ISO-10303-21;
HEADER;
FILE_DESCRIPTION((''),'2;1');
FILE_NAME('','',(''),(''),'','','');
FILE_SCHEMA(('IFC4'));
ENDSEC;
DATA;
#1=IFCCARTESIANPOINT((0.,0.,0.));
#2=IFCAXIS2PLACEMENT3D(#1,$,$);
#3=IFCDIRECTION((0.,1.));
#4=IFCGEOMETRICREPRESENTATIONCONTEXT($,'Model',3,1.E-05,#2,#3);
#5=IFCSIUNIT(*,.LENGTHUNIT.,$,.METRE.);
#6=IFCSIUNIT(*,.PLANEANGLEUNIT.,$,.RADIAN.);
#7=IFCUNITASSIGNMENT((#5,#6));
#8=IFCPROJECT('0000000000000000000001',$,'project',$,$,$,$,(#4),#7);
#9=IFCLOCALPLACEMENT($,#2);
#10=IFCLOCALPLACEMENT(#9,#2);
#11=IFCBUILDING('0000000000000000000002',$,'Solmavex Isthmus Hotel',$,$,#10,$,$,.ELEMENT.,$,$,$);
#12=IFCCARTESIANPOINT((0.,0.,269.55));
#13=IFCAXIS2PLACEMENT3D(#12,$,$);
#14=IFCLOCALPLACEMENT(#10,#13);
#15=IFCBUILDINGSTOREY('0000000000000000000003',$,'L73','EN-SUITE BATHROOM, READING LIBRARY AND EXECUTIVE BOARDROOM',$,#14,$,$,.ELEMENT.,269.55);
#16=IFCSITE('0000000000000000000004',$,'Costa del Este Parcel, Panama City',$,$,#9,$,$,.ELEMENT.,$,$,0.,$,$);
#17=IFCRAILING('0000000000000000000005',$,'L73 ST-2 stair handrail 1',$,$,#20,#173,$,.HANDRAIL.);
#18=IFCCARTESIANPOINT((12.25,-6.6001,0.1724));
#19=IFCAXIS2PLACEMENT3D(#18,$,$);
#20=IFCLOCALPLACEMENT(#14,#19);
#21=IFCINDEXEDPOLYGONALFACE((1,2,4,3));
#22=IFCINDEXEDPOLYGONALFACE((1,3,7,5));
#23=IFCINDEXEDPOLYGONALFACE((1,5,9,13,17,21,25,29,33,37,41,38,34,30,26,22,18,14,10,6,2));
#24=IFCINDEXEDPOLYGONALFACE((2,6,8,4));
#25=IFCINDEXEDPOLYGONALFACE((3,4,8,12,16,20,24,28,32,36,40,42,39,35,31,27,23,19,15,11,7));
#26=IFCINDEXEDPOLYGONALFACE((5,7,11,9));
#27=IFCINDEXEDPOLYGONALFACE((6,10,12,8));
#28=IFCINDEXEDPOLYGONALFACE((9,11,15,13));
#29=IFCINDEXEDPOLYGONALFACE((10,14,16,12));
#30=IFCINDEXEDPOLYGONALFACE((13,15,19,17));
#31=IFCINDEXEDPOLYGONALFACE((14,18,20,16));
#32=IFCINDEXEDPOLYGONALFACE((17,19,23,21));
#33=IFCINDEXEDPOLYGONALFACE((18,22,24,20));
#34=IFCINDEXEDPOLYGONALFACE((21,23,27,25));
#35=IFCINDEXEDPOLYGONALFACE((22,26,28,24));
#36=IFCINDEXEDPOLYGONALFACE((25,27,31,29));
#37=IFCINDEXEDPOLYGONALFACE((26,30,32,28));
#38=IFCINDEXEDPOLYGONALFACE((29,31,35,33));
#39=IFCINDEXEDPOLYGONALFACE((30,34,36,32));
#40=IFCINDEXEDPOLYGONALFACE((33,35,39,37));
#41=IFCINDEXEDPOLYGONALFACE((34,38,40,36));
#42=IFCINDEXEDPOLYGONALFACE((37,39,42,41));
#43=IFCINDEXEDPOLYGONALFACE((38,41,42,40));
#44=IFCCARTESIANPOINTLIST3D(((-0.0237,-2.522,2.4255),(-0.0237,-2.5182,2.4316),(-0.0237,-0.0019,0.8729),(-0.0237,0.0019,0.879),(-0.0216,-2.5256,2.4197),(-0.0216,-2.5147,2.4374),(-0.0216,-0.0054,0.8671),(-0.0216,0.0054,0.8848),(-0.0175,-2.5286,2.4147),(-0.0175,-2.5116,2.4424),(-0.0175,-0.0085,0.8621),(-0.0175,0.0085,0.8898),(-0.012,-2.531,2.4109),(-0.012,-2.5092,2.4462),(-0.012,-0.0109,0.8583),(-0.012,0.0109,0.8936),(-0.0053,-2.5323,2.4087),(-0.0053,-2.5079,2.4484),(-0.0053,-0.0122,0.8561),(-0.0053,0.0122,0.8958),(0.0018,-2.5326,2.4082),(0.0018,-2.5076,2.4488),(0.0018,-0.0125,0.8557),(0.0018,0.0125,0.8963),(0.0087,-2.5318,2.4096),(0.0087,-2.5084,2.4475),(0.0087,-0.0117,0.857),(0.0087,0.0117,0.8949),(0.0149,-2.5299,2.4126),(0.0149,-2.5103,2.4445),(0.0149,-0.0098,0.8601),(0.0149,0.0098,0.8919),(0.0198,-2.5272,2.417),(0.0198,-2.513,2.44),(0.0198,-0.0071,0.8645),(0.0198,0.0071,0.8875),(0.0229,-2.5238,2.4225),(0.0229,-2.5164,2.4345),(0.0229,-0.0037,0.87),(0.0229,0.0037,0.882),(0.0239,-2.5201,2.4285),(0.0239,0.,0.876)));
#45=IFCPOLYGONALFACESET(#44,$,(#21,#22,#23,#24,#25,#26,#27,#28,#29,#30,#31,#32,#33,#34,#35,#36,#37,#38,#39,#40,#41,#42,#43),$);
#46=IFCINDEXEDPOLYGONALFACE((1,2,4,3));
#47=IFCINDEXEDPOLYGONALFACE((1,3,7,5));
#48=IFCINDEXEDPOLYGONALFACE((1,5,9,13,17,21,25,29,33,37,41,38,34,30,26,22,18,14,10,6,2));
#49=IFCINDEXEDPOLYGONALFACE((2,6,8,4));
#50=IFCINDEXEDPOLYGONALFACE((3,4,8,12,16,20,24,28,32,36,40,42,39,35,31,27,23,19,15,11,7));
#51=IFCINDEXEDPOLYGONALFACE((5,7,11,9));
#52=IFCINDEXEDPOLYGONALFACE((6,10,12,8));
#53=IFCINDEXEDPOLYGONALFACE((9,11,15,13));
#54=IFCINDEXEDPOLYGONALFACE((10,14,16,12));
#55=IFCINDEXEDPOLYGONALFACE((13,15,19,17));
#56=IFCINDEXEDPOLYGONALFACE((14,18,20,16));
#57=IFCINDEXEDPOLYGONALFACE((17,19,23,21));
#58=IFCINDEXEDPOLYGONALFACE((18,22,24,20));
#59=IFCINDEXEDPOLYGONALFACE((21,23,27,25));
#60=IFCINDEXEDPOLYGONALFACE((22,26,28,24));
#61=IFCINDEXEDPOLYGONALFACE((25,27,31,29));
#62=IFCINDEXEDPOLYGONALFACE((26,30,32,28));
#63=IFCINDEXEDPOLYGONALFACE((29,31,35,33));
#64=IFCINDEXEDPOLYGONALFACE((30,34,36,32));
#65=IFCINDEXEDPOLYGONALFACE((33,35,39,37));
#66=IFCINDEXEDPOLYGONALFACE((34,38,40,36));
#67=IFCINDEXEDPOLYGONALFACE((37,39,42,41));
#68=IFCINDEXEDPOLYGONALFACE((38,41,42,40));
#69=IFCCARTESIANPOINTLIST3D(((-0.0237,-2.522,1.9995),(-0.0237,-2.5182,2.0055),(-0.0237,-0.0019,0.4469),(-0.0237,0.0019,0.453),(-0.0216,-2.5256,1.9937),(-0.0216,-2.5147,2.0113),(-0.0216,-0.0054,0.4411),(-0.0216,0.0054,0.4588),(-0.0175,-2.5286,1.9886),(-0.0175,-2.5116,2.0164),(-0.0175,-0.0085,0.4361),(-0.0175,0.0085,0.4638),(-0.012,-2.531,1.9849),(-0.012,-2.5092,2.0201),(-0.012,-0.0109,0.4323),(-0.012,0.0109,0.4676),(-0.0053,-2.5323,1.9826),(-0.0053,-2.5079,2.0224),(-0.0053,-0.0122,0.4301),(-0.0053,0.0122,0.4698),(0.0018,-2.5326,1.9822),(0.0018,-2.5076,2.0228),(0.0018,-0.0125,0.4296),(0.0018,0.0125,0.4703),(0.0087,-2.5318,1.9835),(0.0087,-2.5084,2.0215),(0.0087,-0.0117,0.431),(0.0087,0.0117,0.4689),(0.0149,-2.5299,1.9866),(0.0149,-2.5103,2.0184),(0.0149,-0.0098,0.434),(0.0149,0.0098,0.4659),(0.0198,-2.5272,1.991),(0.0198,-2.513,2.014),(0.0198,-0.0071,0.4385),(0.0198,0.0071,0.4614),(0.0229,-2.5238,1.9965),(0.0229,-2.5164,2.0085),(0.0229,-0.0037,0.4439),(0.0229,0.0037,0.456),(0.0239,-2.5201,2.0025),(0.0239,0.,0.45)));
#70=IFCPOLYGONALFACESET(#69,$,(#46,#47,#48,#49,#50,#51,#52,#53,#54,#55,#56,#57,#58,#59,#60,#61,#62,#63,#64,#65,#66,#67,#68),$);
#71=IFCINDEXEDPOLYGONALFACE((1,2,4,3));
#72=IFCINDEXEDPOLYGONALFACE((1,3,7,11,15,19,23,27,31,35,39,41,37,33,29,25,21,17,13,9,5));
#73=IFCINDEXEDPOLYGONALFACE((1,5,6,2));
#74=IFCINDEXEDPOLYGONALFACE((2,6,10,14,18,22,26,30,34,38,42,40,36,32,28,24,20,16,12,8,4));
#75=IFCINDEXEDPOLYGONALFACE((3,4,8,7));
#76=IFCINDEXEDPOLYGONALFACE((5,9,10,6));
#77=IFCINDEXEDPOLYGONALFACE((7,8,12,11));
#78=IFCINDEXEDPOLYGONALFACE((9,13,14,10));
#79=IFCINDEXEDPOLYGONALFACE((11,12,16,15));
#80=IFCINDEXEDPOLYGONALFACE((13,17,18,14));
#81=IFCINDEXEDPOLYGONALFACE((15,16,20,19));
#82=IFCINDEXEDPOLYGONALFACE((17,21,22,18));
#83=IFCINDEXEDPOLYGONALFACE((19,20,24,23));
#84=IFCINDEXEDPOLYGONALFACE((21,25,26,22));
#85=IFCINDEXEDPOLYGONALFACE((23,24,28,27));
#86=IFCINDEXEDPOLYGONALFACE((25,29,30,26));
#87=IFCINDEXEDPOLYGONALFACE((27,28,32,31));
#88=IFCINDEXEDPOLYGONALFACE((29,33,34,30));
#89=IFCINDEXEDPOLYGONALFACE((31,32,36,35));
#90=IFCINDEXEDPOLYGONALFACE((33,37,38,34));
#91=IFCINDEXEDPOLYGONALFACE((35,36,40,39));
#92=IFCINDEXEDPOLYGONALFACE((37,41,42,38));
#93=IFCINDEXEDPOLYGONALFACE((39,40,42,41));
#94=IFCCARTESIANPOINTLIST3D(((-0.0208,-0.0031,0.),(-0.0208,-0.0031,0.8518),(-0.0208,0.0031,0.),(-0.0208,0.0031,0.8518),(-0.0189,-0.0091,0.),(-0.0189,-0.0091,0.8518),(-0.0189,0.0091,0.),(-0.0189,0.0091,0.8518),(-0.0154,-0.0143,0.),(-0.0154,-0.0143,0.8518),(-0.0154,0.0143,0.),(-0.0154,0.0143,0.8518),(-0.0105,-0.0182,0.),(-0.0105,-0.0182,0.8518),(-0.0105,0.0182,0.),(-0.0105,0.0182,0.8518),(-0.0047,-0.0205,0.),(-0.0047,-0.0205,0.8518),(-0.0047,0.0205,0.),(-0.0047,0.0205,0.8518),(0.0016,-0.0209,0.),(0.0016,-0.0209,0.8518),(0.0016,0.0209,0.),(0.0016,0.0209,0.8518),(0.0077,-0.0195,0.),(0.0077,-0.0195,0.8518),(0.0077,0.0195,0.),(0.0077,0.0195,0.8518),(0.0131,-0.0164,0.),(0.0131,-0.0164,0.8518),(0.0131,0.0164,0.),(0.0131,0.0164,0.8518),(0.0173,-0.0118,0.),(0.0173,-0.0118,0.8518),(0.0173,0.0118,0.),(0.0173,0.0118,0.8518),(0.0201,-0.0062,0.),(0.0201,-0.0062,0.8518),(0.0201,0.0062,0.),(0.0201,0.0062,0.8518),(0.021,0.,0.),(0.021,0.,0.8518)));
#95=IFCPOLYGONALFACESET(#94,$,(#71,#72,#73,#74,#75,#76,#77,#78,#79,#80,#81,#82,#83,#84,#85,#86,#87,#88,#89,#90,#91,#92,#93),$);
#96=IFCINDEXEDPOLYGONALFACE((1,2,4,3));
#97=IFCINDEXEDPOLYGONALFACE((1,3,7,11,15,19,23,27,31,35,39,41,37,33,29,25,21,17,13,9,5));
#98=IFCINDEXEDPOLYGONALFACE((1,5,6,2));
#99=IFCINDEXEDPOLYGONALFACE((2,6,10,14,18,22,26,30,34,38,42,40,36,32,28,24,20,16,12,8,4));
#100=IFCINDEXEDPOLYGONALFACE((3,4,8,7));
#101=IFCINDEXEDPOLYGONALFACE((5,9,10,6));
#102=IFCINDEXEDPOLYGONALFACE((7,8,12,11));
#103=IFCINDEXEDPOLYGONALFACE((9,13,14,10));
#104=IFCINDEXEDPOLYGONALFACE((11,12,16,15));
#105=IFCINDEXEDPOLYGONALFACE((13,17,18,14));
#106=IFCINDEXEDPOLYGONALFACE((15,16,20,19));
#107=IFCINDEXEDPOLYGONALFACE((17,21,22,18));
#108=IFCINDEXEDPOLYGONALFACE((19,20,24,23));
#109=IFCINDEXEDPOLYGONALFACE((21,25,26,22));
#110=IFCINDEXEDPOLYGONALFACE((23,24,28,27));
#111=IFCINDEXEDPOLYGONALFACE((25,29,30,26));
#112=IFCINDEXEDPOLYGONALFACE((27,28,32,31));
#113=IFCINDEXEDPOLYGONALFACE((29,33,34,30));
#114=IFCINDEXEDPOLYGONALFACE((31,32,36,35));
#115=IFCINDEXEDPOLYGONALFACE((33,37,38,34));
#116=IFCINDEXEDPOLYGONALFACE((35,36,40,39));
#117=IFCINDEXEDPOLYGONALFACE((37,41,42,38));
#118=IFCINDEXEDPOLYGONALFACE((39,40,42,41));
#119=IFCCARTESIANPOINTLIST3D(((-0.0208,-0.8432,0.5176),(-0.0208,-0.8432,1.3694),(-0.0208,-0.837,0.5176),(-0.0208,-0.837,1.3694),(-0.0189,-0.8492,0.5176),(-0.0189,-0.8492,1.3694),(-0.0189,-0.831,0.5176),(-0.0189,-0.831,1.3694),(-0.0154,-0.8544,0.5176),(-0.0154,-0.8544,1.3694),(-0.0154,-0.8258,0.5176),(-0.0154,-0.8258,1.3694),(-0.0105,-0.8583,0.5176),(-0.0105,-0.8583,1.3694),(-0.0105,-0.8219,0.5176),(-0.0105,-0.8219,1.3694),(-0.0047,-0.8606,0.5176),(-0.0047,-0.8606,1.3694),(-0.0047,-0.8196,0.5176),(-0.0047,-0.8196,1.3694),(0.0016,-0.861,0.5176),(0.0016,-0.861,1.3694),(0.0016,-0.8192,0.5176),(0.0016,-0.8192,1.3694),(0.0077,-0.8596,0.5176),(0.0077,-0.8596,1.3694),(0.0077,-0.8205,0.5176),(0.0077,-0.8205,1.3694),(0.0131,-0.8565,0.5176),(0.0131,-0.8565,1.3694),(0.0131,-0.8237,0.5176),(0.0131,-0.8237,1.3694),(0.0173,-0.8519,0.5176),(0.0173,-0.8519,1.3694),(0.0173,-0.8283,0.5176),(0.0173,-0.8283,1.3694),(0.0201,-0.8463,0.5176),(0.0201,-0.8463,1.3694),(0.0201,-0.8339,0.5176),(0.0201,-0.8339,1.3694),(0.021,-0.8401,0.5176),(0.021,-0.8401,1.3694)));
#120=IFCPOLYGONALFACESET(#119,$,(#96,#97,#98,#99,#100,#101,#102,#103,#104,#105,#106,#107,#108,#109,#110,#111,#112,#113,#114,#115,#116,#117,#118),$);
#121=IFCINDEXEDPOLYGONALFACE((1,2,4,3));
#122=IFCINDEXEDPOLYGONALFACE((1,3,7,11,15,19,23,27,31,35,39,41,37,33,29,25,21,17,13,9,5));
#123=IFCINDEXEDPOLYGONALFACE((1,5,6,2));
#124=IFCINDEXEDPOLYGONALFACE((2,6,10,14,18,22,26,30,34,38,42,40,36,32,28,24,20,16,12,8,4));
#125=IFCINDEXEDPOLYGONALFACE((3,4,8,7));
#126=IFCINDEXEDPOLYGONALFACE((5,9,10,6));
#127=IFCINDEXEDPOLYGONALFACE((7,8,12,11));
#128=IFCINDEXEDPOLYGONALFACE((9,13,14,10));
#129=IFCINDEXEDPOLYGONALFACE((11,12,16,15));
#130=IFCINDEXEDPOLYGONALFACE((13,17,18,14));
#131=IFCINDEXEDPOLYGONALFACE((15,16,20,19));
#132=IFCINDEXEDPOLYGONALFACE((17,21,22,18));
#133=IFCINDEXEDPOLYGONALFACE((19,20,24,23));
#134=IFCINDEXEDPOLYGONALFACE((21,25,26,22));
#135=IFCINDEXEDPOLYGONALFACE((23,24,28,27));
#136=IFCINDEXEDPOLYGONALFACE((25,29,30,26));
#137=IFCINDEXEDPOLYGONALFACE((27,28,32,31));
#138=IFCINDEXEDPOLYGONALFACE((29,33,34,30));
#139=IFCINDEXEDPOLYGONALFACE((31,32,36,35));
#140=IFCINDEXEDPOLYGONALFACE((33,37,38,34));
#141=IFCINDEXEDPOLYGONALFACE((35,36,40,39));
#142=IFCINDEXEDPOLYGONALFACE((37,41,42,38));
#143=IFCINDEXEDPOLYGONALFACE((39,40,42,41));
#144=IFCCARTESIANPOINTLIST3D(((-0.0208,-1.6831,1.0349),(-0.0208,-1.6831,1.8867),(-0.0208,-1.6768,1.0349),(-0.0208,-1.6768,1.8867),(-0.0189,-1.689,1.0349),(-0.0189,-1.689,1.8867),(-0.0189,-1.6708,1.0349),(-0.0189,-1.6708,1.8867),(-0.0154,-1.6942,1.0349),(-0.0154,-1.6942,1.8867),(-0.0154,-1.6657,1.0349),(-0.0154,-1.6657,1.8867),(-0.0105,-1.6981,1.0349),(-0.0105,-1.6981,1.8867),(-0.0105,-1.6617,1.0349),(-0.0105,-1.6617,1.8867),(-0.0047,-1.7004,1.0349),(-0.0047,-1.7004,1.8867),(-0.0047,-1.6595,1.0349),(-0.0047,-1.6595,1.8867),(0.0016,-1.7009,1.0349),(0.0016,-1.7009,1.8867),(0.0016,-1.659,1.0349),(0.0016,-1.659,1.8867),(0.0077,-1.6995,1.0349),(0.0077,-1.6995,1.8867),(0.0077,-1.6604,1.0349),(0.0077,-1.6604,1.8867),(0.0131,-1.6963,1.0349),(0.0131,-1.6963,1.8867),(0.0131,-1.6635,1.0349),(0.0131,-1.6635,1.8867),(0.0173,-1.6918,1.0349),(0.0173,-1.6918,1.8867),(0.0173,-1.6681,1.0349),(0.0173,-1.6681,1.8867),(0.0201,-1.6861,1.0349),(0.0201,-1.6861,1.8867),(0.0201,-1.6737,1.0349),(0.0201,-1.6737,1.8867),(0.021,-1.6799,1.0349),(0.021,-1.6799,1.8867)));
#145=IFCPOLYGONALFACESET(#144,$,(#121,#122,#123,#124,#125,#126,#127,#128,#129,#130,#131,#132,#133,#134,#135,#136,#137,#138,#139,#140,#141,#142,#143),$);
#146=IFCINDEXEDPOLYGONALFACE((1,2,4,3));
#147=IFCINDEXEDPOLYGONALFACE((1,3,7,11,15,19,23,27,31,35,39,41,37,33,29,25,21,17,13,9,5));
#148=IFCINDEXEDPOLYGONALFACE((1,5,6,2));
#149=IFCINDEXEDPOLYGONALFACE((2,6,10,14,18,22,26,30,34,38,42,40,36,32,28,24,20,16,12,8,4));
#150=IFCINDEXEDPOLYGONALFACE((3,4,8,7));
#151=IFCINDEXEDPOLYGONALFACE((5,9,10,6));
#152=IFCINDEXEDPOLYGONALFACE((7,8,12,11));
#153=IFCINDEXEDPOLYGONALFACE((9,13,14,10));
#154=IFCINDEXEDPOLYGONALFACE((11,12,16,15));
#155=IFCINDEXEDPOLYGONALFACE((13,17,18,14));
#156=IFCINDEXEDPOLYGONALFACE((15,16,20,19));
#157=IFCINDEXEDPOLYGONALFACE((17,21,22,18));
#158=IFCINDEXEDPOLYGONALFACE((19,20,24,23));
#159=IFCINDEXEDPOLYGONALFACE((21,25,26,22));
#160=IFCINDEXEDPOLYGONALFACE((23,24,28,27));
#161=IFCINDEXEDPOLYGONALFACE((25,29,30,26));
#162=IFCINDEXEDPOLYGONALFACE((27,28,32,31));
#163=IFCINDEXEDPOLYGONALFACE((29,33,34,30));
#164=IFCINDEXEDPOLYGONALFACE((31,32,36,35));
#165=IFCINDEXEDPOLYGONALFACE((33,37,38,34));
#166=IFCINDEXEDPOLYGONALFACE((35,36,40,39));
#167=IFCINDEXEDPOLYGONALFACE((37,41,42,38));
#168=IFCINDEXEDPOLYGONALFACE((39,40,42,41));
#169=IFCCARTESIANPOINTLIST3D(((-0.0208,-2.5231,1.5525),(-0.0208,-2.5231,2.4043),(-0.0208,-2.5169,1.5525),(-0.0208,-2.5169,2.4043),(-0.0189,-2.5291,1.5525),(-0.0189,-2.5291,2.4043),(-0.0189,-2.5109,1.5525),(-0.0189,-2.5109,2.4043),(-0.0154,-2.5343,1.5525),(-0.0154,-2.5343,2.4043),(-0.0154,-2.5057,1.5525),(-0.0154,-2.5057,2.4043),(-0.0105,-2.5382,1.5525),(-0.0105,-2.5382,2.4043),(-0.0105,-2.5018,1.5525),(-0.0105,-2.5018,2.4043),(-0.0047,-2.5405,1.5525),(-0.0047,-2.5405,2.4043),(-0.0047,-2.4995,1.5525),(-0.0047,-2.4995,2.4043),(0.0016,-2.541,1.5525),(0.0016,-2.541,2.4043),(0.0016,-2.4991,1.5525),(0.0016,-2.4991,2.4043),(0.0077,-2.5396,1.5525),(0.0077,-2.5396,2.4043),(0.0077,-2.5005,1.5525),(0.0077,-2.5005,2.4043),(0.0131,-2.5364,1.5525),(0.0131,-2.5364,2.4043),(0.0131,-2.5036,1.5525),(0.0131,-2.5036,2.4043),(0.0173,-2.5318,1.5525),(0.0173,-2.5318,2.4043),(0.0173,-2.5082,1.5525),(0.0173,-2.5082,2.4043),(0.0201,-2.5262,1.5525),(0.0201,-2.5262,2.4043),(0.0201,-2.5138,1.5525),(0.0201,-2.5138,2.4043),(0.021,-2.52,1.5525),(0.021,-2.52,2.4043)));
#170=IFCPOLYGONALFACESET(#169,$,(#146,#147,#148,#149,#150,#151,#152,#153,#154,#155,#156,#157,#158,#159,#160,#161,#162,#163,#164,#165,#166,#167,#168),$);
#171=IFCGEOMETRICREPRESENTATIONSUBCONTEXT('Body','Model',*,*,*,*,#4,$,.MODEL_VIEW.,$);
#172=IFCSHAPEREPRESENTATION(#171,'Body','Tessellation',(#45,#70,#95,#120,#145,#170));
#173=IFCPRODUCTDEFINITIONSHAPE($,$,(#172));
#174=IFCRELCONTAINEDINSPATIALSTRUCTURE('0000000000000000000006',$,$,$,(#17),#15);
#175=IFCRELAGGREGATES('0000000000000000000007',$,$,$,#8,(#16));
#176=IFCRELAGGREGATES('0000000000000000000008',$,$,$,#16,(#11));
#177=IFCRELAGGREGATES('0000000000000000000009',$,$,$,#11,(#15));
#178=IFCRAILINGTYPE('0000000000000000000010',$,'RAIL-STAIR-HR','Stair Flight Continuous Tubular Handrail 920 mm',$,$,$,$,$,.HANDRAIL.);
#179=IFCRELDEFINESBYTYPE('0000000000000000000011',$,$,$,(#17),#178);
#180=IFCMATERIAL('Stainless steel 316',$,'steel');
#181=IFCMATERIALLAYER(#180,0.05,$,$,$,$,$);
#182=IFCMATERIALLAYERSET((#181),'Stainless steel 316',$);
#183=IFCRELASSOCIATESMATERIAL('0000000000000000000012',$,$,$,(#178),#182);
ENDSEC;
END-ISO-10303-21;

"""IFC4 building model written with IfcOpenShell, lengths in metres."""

from ifc_helpers import new_model, si_unit, direction, frame, origin, origin_2d, place, context, subcontext, project, spatial, circle, extrude, material, layer, layer_set, type_object, element, save


model = new_model("IFC4")

# Units and contexts
model_context = context("Model", 3, precision=1e-05, world=origin(), true_north=direction((0.0, 1.0)))
body_context = subcontext(model_context, "Body", "Model", "MODEL_VIEW")
ifc_project = project(units=[si_unit("LENGTHUNIT", "METRE"), si_unit("PLANEANGLEUNIT", "RADIAN")], contexts=[model_context])

# Site, building, storey
site_placement = place(None, origin())
site = spatial("IfcSite", under=ifc_project, at=site_placement, Name="Costa del Este Parcel, Panama City", CompositionType="ELEMENT", RefElevation=0.0)
building_placement = place(site_placement, origin())
building = spatial("IfcBuilding", under=site, at=building_placement, Name="Solmavex Isthmus Hotel", CompositionType="ELEMENT")
storey_placement = place(building_placement, frame((0.0, 0.0, 269.55)))
storey = spatial("IfcBuildingStorey", under=building, at=storey_placement, Name="L73", Description="EN-SUITE BATHROOM, READING LIBRARY AND EXECUTIVE BOARDROOM", CompositionType="ELEMENT", Elevation=269.55)

# Railing
ifc_material_1 = material(Name="Stainless steel 316", Category="steel")
ifc_layer_1 = layer(ifc_material_1, 0.05)
ifc_layer_set_1 = layer_set([ifc_layer_1], Name="Stainless steel 316")
railing_type_1 = type_object("IfcRailingType", Name="RAIL-STAIR-HR", Description="Stair Flight Continuous Tubular Handrail 920 mm", PredefinedType="HANDRAIL", material=ifc_layer_set_1)
railing_1_placement = place(storey_placement, frame((12.25, -6.6001, 0.1724)))
element("IfcRailing", 1, at=railing_1_placement, inside=storey, type_object=railing_type_1, Name="L73 ST-2 stair handrail 1", PredefinedType="HANDRAIL", context=body_context, shape_type="SweptSolid", body=[
    extrude(circle(Radius=0.0239, at=origin_2d()), frame((0.0, 0.0, 0.876), z_axis=(0.0, -0.8514, 0.524516), x_axis=(1.0, 0.0, 0.0)), (0.0, 0.0, 1.0), 2.96),
    extrude(circle(Radius=0.0239, at=origin_2d()), frame((0.0, 0.0, 0.45), z_axis=(0.0, -0.8514, 0.524516), x_axis=(1.0, 0.0, 0.0)), (0.0, 0.0, 1.0), 2.96),
    extrude(circle(Radius=0.021, at=origin_2d()), origin(), (0.0, 0.0, 1.0), 0.8518),
    extrude(circle(Radius=0.021, at=origin_2d()), frame((0.0, -0.8401, 0.5176)), (0.0, 0.0, 1.0), 0.8518),
    extrude(circle(Radius=0.021, at=origin_2d()), frame((0.0, -1.6799, 1.0349)), (0.0, 0.0, 1.0), 0.8518),
    extrude(circle(Radius=0.021, at=origin_2d()), frame((0.0, -2.52, 1.5525)), (0.0, 0.0, 1.0), 0.8518),
])

save(model, "model.ifc")
